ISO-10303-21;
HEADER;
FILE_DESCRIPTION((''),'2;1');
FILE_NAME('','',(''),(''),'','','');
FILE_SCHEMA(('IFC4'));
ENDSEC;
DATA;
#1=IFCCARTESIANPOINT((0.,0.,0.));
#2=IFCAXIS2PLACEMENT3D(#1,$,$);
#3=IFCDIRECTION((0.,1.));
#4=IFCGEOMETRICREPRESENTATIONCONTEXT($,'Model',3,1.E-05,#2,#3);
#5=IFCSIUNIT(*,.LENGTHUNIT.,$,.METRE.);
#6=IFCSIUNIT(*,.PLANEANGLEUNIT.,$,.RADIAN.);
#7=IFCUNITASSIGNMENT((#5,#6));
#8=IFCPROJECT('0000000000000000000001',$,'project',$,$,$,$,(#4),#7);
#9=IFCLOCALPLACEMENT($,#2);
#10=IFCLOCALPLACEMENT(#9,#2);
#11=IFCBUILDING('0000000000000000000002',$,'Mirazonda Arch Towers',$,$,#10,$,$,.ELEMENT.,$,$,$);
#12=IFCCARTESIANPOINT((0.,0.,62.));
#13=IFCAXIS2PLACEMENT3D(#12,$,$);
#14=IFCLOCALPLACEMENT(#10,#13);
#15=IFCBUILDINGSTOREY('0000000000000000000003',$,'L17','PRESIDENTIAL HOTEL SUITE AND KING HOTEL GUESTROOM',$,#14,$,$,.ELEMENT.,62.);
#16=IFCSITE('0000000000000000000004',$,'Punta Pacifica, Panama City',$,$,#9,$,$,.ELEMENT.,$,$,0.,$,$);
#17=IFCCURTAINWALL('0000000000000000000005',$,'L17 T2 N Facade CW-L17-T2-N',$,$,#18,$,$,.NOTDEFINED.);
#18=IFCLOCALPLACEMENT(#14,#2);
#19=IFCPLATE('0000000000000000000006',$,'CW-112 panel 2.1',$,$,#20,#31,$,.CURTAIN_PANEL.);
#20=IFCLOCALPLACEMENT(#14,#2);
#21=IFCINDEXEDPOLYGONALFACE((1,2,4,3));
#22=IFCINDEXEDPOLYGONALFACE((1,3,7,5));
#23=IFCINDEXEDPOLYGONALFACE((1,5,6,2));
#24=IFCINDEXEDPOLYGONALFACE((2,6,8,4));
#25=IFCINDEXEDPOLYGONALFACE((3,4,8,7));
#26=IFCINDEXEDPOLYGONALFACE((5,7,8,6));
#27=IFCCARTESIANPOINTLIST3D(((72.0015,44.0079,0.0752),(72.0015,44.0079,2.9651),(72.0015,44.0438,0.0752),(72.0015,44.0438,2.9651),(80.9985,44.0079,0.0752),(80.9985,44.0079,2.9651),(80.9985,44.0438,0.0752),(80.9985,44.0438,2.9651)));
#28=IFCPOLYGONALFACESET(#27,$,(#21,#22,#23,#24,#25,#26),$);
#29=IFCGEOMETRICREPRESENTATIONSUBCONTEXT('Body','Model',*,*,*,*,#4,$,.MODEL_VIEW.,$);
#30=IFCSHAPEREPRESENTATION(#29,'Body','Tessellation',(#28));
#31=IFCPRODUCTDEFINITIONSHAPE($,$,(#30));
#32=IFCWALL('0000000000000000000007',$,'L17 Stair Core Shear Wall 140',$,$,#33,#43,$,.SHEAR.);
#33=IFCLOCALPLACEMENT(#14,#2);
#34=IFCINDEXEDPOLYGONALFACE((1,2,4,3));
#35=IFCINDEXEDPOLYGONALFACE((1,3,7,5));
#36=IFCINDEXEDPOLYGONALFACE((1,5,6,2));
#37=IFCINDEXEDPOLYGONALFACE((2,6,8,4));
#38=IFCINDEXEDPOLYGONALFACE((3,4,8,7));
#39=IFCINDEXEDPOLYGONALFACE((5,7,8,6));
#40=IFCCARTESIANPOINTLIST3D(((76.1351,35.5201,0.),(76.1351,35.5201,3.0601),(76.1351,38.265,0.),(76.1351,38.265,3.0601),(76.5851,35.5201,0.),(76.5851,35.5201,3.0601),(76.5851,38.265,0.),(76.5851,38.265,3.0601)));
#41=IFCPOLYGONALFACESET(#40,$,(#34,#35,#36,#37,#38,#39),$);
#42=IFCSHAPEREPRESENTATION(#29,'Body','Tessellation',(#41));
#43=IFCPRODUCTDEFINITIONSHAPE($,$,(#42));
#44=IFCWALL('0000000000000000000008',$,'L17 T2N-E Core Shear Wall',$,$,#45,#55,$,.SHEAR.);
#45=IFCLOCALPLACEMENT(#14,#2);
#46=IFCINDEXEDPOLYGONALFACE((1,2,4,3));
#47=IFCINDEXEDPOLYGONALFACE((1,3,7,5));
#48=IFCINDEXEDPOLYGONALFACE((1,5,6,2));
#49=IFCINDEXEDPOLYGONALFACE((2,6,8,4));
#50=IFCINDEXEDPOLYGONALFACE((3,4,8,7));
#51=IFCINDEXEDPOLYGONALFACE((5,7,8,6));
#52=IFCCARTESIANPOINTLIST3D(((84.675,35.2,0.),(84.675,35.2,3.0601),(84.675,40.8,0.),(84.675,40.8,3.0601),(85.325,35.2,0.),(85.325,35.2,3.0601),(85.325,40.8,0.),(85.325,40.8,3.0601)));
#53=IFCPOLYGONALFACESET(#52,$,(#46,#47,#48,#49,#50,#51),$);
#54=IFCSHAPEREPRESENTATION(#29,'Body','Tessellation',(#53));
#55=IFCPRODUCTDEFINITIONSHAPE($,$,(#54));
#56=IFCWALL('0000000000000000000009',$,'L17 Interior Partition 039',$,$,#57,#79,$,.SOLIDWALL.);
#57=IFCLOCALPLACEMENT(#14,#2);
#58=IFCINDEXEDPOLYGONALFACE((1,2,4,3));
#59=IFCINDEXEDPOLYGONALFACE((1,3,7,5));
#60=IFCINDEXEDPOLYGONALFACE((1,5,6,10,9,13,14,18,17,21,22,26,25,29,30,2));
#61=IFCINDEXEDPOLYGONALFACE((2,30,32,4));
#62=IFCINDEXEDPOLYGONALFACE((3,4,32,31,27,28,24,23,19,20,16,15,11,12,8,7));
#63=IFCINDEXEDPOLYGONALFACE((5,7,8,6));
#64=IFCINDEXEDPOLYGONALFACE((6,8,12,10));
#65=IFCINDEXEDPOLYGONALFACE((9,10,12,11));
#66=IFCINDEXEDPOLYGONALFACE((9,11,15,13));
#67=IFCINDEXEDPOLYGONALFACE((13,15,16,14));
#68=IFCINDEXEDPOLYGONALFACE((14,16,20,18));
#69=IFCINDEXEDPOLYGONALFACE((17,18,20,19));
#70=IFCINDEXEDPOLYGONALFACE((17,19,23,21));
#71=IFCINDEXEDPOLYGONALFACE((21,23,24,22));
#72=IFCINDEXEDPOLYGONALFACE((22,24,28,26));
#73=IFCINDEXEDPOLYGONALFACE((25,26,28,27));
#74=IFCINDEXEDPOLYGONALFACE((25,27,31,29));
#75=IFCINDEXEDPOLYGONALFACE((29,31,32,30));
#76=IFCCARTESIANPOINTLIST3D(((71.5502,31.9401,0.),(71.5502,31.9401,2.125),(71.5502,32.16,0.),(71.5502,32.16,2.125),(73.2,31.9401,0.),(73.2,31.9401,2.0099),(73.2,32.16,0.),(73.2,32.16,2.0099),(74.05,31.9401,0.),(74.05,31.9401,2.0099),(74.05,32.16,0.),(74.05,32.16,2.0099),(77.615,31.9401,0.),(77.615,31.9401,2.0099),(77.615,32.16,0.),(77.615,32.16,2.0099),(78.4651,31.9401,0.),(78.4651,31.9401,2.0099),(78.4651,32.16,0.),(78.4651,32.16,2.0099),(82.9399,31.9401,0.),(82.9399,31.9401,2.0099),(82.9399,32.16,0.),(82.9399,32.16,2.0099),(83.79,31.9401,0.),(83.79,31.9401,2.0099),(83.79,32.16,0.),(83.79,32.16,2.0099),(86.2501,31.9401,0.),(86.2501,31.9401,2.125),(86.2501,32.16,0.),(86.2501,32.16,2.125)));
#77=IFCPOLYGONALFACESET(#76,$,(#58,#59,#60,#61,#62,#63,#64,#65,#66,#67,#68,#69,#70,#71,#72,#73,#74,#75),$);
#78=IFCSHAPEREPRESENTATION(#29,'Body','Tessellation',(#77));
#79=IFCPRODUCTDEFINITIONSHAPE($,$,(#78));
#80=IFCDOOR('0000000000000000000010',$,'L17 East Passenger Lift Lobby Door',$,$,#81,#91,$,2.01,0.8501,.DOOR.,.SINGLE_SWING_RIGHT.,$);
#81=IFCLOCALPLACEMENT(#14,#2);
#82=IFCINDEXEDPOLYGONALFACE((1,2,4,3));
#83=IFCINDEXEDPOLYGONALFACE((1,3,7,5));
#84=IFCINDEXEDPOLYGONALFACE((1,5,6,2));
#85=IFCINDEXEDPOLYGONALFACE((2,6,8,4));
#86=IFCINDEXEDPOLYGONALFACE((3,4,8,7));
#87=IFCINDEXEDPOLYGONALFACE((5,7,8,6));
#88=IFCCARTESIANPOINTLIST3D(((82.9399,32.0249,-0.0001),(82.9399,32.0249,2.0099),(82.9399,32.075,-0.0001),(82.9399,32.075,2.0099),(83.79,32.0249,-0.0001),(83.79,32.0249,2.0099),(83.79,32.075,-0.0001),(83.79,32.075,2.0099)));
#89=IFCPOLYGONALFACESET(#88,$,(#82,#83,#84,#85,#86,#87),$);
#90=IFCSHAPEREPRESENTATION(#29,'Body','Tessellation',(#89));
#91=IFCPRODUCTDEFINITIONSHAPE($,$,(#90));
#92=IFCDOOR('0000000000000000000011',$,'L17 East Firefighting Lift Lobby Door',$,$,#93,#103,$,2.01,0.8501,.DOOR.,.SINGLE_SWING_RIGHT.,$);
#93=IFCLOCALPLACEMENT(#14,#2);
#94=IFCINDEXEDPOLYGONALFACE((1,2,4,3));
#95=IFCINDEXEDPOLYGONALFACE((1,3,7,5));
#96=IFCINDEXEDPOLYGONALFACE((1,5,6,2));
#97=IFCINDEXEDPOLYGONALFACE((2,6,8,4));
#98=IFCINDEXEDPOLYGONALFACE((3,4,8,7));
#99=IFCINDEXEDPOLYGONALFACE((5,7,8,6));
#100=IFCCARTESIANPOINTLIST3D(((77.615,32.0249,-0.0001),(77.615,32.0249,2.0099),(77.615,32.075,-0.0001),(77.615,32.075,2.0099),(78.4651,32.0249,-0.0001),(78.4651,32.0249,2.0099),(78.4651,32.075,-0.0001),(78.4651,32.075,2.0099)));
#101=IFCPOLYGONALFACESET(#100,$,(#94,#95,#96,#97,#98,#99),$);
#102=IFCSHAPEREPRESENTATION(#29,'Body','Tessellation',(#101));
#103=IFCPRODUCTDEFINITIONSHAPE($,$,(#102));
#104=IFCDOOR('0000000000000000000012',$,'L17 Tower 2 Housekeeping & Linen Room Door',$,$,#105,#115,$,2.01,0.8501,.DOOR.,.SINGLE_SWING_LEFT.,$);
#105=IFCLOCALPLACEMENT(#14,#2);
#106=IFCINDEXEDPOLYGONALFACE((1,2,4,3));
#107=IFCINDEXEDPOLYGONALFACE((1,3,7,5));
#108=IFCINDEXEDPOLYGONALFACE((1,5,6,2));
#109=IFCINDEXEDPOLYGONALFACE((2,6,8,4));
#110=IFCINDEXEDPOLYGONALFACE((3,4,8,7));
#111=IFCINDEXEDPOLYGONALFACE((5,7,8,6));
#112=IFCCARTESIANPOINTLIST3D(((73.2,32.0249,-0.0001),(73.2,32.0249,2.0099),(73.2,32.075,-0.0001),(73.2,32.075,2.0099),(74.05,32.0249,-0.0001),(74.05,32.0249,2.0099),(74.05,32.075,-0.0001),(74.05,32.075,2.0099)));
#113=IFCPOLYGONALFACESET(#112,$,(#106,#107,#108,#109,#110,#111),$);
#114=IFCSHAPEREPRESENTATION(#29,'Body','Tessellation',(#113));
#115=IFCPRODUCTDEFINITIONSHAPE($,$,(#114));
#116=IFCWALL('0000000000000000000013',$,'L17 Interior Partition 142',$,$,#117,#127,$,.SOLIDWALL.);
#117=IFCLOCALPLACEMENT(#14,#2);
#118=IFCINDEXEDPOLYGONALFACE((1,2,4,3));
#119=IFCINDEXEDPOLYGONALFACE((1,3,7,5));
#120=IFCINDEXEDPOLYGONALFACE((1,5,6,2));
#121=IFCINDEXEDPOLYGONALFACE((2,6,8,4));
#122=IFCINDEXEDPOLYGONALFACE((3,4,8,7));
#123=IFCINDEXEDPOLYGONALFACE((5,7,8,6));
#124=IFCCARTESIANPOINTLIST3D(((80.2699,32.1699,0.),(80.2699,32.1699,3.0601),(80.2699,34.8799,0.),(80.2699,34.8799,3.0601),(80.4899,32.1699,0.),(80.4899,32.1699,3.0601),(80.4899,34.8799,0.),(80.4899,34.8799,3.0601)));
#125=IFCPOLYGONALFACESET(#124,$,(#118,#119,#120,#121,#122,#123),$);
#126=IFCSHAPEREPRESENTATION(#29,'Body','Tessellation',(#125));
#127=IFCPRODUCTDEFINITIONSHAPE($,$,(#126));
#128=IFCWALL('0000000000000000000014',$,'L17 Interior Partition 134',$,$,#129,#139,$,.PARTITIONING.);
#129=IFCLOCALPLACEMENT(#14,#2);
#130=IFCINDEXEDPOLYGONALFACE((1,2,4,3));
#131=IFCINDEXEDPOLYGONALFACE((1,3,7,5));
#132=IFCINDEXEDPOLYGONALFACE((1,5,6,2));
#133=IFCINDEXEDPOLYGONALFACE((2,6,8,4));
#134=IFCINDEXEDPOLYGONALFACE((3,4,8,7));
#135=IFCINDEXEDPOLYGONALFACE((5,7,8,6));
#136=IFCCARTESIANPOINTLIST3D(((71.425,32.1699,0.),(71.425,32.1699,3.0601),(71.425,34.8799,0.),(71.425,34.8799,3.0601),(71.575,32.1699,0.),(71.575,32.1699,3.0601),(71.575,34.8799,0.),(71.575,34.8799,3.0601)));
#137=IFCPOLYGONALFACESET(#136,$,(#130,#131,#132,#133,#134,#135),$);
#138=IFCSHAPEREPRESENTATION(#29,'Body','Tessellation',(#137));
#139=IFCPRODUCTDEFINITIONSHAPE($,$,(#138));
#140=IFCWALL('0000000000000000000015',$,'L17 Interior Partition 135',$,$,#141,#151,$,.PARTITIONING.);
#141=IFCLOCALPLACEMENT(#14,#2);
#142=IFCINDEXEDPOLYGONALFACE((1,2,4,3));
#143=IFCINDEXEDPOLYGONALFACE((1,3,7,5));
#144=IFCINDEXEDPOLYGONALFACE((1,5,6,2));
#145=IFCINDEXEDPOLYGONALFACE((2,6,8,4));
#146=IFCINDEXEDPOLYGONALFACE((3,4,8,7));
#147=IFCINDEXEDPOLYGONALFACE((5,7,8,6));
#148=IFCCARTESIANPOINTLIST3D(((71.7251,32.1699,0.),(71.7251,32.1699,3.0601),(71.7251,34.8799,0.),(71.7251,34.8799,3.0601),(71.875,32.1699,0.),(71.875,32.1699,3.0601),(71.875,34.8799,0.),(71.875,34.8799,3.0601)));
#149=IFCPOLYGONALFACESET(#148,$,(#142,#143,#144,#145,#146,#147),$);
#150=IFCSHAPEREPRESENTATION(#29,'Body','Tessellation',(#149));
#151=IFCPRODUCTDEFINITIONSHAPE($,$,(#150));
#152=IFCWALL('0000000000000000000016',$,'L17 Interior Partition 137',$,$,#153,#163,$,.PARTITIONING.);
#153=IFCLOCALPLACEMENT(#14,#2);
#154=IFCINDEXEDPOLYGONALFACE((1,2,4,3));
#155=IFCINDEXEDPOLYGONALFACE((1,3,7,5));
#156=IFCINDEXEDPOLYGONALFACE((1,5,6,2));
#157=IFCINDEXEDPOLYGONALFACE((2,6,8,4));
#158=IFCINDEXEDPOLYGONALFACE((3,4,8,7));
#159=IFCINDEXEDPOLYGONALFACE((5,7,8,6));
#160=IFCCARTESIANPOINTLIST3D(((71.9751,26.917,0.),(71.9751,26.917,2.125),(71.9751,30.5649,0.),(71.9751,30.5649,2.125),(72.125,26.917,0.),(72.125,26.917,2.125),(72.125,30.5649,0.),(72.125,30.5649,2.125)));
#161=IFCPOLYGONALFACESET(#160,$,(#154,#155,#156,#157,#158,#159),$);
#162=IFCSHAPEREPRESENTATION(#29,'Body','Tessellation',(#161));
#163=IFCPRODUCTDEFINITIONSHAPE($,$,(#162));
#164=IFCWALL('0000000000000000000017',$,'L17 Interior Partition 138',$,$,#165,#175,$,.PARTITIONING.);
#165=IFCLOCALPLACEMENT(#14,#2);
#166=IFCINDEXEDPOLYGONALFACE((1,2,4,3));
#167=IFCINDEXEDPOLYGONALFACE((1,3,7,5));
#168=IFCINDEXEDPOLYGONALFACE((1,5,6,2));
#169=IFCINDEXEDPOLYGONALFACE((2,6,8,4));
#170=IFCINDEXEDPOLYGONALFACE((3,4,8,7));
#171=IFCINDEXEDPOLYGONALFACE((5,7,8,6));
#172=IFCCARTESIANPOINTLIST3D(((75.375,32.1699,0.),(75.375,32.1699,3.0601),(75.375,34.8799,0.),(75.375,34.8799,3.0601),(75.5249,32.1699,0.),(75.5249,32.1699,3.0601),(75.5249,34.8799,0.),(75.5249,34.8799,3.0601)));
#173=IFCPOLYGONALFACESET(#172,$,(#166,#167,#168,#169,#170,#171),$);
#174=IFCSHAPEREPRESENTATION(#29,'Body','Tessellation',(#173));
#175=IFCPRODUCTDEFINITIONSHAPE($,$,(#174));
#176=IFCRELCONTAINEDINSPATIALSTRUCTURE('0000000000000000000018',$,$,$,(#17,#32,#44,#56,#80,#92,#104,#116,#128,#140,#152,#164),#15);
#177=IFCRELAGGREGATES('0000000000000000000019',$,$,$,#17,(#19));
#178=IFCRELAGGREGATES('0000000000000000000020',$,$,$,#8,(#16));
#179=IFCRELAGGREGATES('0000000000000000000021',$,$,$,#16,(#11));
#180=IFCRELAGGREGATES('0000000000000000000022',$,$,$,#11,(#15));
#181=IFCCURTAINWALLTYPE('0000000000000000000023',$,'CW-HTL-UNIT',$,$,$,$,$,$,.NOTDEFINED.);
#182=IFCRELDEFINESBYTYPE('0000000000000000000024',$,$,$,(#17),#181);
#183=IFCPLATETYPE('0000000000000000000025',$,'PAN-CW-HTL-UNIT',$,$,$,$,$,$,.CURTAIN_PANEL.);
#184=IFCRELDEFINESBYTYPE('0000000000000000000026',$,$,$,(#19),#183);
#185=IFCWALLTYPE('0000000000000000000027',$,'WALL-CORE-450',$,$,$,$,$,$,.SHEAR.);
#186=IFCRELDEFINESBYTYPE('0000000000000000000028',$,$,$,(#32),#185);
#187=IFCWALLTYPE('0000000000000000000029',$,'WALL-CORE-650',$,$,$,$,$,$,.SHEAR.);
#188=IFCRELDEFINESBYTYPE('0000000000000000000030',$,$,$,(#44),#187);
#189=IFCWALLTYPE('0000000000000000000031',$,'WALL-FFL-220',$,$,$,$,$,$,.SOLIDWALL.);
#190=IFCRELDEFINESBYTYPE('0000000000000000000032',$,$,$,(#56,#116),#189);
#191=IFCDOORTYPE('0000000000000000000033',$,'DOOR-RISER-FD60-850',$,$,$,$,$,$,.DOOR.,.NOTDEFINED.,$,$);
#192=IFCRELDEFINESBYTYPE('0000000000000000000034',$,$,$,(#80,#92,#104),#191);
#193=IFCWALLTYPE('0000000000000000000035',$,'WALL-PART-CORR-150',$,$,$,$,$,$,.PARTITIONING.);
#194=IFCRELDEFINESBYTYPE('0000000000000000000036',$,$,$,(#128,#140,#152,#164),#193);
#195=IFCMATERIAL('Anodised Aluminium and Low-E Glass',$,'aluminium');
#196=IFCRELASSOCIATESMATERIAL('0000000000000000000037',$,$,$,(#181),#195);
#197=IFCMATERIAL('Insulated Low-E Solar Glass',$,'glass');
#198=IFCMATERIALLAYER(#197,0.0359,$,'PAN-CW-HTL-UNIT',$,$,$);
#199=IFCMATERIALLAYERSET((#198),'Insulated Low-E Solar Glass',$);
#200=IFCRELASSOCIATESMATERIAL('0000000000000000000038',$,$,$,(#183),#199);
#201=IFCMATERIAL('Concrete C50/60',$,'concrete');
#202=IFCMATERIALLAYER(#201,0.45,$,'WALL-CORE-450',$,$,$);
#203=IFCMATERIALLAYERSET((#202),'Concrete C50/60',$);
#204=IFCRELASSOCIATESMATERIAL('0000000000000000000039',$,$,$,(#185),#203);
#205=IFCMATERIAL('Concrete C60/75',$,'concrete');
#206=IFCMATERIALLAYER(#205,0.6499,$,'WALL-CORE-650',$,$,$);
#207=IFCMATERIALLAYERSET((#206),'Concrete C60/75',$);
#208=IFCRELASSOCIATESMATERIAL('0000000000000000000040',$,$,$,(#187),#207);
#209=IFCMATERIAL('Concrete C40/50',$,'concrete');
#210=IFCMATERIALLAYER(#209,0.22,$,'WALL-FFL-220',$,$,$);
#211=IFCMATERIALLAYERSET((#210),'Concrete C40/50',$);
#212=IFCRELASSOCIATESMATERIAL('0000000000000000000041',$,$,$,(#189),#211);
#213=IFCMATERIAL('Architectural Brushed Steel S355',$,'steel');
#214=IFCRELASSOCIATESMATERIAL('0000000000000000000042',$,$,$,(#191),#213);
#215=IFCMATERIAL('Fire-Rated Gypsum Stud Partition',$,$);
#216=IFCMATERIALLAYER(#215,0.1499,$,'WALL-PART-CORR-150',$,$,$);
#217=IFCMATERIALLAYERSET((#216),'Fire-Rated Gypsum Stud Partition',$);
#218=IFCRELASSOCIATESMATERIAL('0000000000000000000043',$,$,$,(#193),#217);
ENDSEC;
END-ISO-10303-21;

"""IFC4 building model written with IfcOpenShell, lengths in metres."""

from ifc_helpers import new_model, si_unit, direction, frame, frame_2d, origin, origin_2d, place, context, subcontext, project, spatial, rectangle, extrude, material, layer, layer_set, type_object, element, fill, aggregate, save


model = new_model("IFC4")

# Units and contexts
model_context = context("Model", 3, precision=1e-05, world=origin(), true_north=direction((0.0, 1.0)))
body_context = subcontext(model_context, "Body", "Model", "MODEL_VIEW")
ifc_project = project(units=[si_unit("LENGTHUNIT", "METRE"), si_unit("PLANEANGLEUNIT", "RADIAN")], contexts=[model_context])

# Site, building, storey
site_placement = place(None, origin())
site = spatial("IfcSite", under=ifc_project, at=site_placement, Name="Punta Pacifica, Panama City", CompositionType="ELEMENT", RefElevation=0.0)
building_placement = place(site_placement, origin())
building = spatial("IfcBuilding", under=site, at=building_placement, Name="Mirazonda Arch Towers", CompositionType="ELEMENT")
storey_placement = place(building_placement, frame((0.0, 0.0, 62.0)))
storey = spatial("IfcBuildingStorey", under=building, at=storey_placement, Name="L17", Description="PRESIDENTIAL HOTEL SUITE AND KING HOTEL GUESTROOM", CompositionType="ELEMENT", Elevation=62.0)

# Shared definitions
ifc_material_1 = material(Name="Concrete C60/75", Category="concrete")

# Curtain wall, plate
ifc_material_2 = material(Name="Anodised Aluminium and Low-E Glass", Category="aluminium")
curtain_wall_type = type_object("IfcCurtainWallType", Name="CW-HTL-UNIT", PredefinedType="NOTDEFINED", material=ifc_material_2)
curtain_wall_placement = place(storey_placement, origin())
curtain_wall = element("IfcCurtainWall", 1, at=curtain_wall_placement, inside=storey, type_object=curtain_wall_type, Name="L17 T2 N Facade CW-L17-T2-N", PredefinedType="NOTDEFINED")
ifc_material_3 = material(Name="Insulated Low-E Solar Glass", Category="glass")
ifc_layer_1 = layer(ifc_material_3, 0.0359, Name="PAN-CW-HTL-UNIT")
ifc_layer_set_1 = layer_set([ifc_layer_1], Name="Insulated Low-E Solar Glass")
plate_type = type_object("IfcPlateType", Name="PAN-CW-HTL-UNIT", PredefinedType="CURTAIN_PANEL", material=ifc_layer_set_1)
plate_placement = place(storey_placement, frame((76.5, 44.0259, 0.0752), z_axis=(0.0, 0.0, 1.0), x_axis=(1.0, 0.0, 0.0)))
plate = element("IfcPlate", 2, at=plate_placement, type_object=plate_type, Name="CW-112 panel 2.1", PredefinedType="CURTAIN_PANEL", context=body_context, shape_type="SweptSolid", body=[
    extrude(rectangle(XDim=8.9971, YDim=0.0359, at=origin_2d()), origin(), (0.0, 0.0, 1.0), 2.8899),
])
aggregate(curtain_wall, [plate])

# Walls
ifc_material_4 = material(Name="Concrete C50/60", Category="concrete")
ifc_layer_2 = layer(ifc_material_4, 0.45, Name="WALL-CORE-450")
ifc_layer_set_2 = layer_set([ifc_layer_2], Name="Concrete C50/60")
wall_type_1 = type_object("IfcWallType", Name="WALL-CORE-450", PredefinedType="SHEAR", material=ifc_layer_set_2)
wall_1_placement = place(storey_placement, frame((76.3601, 35.52, 0.0), z_axis=(0.0, 0.0, 1.0), x_axis=(0.0, 1.0, 0.0)))
element("IfcWall", 3, at=wall_1_placement, inside=storey, type_object=wall_type_1, Name="L17 Stair Core Shear Wall 140", PredefinedType="SHEAR", context=body_context, shape_type="SweptSolid", body=[
    extrude(rectangle(XDim=2.7449, YDim=0.45, at=frame_2d((1.3726, 0.0))), origin(), (0.0, 0.0, 1.0), 3.0601),
])
ifc_layer_3 = layer(ifc_material_1, 0.6499, Name="WALL-CORE-650")
ifc_layer_set_3 = layer_set([ifc_layer_3], Name="Concrete C60/75")
wall_type_2 = type_object("IfcWallType", Name="WALL-CORE-650", PredefinedType="SHEAR", material=ifc_layer_set_3)
wall_2_placement = place(storey_placement, frame((85.0, 35.2, 0.0), z_axis=(0.0, 0.0, 1.0), x_axis=(0.0, 1.0, 0.0)))
element("IfcWall", 4, at=wall_2_placement, inside=storey, type_object=wall_type_2, Name="L17 T2N-E Core Shear Wall", PredefinedType="SHEAR", context=body_context, shape_type="SweptSolid", body=[
    extrude(rectangle(XDim=5.6001, YDim=0.6499, at=frame_2d((2.8, 0.0))), origin(), (0.0, 0.0, 1.0), 3.0601),
])

# Wall, openings, doors
ifc_material_5 = material(Name="Concrete C40/50", Category="concrete")
ifc_layer_4 = layer(ifc_material_5, 0.22, Name="WALL-FFL-220")
ifc_layer_set_4 = layer_set([ifc_layer_4], Name="Concrete C40/50")
wall_type_3 = type_object("IfcWallType", Name="WALL-FFL-220", PredefinedType="SOLIDWALL", material=ifc_layer_set_4)
wall_3_placement = place(storey_placement, frame((71.55, 32.05, 0.0), z_axis=(0.0, 0.0, 1.0), x_axis=(1.0, 0.0, 0.0)))
wall_3 = element("IfcWall", 5, at=wall_3_placement, inside=storey, type_object=wall_type_3, Name="L17 Interior Partition 039", PredefinedType="SOLIDWALL", context=body_context, shape_type="SweptSolid", body=[
    extrude(rectangle(XDim=14.7, YDim=0.22, at=frame_2d((7.3501, 0.0))), origin(), (0.0, 0.0, 1.0), 2.125),
])
opening_1_placement = place(wall_3_placement, frame((11.3899, 0.0, 0.0)))
opening_1 = element("IfcOpeningElement", 6, at=opening_1_placement, cuts=wall_3, PredefinedType="OPENING", context=body_context, shape_type="SweptSolid", body=[
    extrude(rectangle(XDim=0.8501, YDim=2.01, at=frame_2d((0.425, 1.0049))), frame((0.0, 0.1199, 0.0), z_axis=(0.0, -1.0, 0.0), x_axis=(1.0, 0.0, 0.0)), (0.0, 0.0, 1.0), 0.24),
])
opening_2_placement = place(wall_3_placement, frame((6.0649, 0.0, 0.0)))
opening_2 = element("IfcOpeningElement", 7, at=opening_2_placement, cuts=wall_3, PredefinedType="OPENING", context=body_context, shape_type="SweptSolid", body=[
    extrude(rectangle(XDim=0.8501, YDim=2.01, at=frame_2d((0.425, 1.0049))), frame((0.0, 0.1199, 0.0), z_axis=(0.0, -1.0, 0.0), x_axis=(1.0, 0.0, 0.0)), (0.0, 0.0, 1.0), 0.24),
])
opening_3_placement = place(wall_3_placement, frame((1.6499, 0.0, 0.0)))
opening_3 = element("IfcOpeningElement", 8, at=opening_3_placement, cuts=wall_3, PredefinedType="OPENING", context=body_context, shape_type="SweptSolid", body=[
    extrude(rectangle(XDim=0.8501, YDim=2.01, at=frame_2d((0.425, 1.0049))), frame((0.0, 0.1199, 0.0), z_axis=(0.0, -1.0, 0.0), x_axis=(1.0, 0.0, 0.0)), (0.0, 0.0, 1.0), 0.24),
])
ifc_material_6 = material(Name="Architectural Brushed Steel S355", Category="steel")
door_type = type_object("IfcDoorType", Name="DOOR-RISER-FD60-850", OperationType="NOTDEFINED", PredefinedType="DOOR", material=ifc_material_6)
door_1_placement = place(opening_1_placement, origin())
door_1 = element("IfcDoor", 9, at=door_1_placement, inside=storey, type_object=door_type, Name="L17 East Passenger Lift Lobby Door", OperationType="SINGLE_SWING_RIGHT", OverallHeight=2.01, OverallWidth=0.8501, PredefinedType="DOOR", context=body_context, shape_type="SweptSolid", body=[
    extrude(rectangle(XDim=0.8501, YDim=2.01, at=frame_2d((0.425, 1.0049))), frame((0.0, 0.0249, 0.0), z_axis=(0.0, -1.0, 0.0), x_axis=(1.0, 0.0, 0.0)), (0.0, 0.0, 1.0), 0.05),
])
fill(opening_1, door_1)
door_2_placement = place(opening_2_placement, origin())
door_2 = element("IfcDoor", 10, at=door_2_placement, inside=storey, type_object=door_type, Name="L17 East Firefighting Lift Lobby Door", OperationType="SINGLE_SWING_RIGHT", OverallHeight=2.01, OverallWidth=0.8501, PredefinedType="DOOR", context=body_context, shape_type="SweptSolid", body=[
    extrude(rectangle(XDim=0.8501, YDim=2.01, at=frame_2d((0.425, 1.0049))), frame((0.0, 0.0249, 0.0), z_axis=(0.0, -1.0, 0.0), x_axis=(1.0, 0.0, 0.0)), (0.0, 0.0, 1.0), 0.05),
])
fill(opening_2, door_2)
door_3_placement = place(opening_3_placement, origin())
door_3 = element("IfcDoor", 11, at=door_3_placement, inside=storey, type_object=door_type, Name="L17 Tower 2 Housekeeping & Linen Room Door", OperationType="SINGLE_SWING_LEFT", OverallHeight=2.01, OverallWidth=0.8501, PredefinedType="DOOR", context=body_context, shape_type="SweptSolid", body=[
    extrude(rectangle(XDim=0.8501, YDim=2.01, at=frame_2d((0.425, 1.0049))), frame((0.0, 0.0249, 0.0), z_axis=(0.0, -1.0, 0.0), x_axis=(1.0, 0.0, 0.0)), (0.0, 0.0, 1.0), 0.05),
])
fill(opening_3, door_3)

# Walls
wall_4_placement = place(storey_placement, frame((80.3799, 32.1699, 0.0), z_axis=(0.0, 0.0, 1.0), x_axis=(0.0, 1.0, 0.0)))
element("IfcWall", 12, at=wall_4_placement, inside=storey, type_object=wall_type_3, Name="L17 Interior Partition 142", PredefinedType="SOLIDWALL", context=body_context, shape_type="SweptSolid", body=[
    extrude(rectangle(XDim=2.71, YDim=0.22, at=frame_2d((1.355, 0.0))), origin(), (0.0, 0.0, 1.0), 3.0601),
])
ifc_material_7 = material(Name="Fire-Rated Gypsum Stud Partition")
ifc_layer_5 = layer(ifc_material_7, 0.1499, Name="WALL-PART-CORR-150")
ifc_layer_set_5 = layer_set([ifc_layer_5], Name="Fire-Rated Gypsum Stud Partition")
wall_type_4 = type_object("IfcWallType", Name="WALL-PART-CORR-150", PredefinedType="PARTITIONING", material=ifc_layer_set_5)
for number, where, z_axis, x_axis, name in (
    (13, (71.5, 32.1699, 0.0), (0.0, 0.0, 1.0), (0.0, 1.0, 0.0), "L17 Interior Partition 134"),
    (14, (71.8, 32.1699, 0.0), (0.0, 0.0, 1.0), (0.0, 1.0, 0.0), "L17 Interior Partition 135"),
):
    element("IfcWall", number, at=place(storey_placement, frame(where, z_axis=z_axis, x_axis=x_axis)), inside=storey, type_object=wall_type_4, Name=name, PredefinedType="PARTITIONING", context=body_context, shape_type="SweptSolid", body=[
        extrude(rectangle(XDim=2.71, YDim=0.1499, at=frame_2d((1.355, 0.0))), origin(), (0.0, 0.0, 1.0), 3.0601),
    ])
wall_5_placement = place(storey_placement, frame((72.05, 26.917, 0.0), z_axis=(0.0, 0.0, 1.0), x_axis=(0.0, 1.0, 0.0)))
element("IfcWall", 15, at=wall_5_placement, inside=storey, type_object=wall_type_4, Name="L17 Interior Partition 137", PredefinedType="PARTITIONING", context=body_context, shape_type="SweptSolid", body=[
    extrude(rectangle(XDim=3.6479, YDim=0.1499, at=frame_2d((1.824, 0.0))), origin(), (0.0, 0.0, 1.0), 2.125),
])
wall_6_placement = place(storey_placement, frame((75.45, 32.1699, 0.0), z_axis=(0.0, 0.0, 1.0), x_axis=(0.0, 1.0, 0.0)))
element("IfcWall", 16, at=wall_6_placement, inside=storey, type_object=wall_type_4, Name="L17 Interior Partition 138", PredefinedType="PARTITIONING", context=body_context, shape_type="SweptSolid", body=[
    extrude(rectangle(XDim=2.71, YDim=0.1499, at=frame_2d((1.355, 0.0))), origin(), (0.0, 0.0, 1.0), 3.0601),
])

save(model, "model.ifc")
